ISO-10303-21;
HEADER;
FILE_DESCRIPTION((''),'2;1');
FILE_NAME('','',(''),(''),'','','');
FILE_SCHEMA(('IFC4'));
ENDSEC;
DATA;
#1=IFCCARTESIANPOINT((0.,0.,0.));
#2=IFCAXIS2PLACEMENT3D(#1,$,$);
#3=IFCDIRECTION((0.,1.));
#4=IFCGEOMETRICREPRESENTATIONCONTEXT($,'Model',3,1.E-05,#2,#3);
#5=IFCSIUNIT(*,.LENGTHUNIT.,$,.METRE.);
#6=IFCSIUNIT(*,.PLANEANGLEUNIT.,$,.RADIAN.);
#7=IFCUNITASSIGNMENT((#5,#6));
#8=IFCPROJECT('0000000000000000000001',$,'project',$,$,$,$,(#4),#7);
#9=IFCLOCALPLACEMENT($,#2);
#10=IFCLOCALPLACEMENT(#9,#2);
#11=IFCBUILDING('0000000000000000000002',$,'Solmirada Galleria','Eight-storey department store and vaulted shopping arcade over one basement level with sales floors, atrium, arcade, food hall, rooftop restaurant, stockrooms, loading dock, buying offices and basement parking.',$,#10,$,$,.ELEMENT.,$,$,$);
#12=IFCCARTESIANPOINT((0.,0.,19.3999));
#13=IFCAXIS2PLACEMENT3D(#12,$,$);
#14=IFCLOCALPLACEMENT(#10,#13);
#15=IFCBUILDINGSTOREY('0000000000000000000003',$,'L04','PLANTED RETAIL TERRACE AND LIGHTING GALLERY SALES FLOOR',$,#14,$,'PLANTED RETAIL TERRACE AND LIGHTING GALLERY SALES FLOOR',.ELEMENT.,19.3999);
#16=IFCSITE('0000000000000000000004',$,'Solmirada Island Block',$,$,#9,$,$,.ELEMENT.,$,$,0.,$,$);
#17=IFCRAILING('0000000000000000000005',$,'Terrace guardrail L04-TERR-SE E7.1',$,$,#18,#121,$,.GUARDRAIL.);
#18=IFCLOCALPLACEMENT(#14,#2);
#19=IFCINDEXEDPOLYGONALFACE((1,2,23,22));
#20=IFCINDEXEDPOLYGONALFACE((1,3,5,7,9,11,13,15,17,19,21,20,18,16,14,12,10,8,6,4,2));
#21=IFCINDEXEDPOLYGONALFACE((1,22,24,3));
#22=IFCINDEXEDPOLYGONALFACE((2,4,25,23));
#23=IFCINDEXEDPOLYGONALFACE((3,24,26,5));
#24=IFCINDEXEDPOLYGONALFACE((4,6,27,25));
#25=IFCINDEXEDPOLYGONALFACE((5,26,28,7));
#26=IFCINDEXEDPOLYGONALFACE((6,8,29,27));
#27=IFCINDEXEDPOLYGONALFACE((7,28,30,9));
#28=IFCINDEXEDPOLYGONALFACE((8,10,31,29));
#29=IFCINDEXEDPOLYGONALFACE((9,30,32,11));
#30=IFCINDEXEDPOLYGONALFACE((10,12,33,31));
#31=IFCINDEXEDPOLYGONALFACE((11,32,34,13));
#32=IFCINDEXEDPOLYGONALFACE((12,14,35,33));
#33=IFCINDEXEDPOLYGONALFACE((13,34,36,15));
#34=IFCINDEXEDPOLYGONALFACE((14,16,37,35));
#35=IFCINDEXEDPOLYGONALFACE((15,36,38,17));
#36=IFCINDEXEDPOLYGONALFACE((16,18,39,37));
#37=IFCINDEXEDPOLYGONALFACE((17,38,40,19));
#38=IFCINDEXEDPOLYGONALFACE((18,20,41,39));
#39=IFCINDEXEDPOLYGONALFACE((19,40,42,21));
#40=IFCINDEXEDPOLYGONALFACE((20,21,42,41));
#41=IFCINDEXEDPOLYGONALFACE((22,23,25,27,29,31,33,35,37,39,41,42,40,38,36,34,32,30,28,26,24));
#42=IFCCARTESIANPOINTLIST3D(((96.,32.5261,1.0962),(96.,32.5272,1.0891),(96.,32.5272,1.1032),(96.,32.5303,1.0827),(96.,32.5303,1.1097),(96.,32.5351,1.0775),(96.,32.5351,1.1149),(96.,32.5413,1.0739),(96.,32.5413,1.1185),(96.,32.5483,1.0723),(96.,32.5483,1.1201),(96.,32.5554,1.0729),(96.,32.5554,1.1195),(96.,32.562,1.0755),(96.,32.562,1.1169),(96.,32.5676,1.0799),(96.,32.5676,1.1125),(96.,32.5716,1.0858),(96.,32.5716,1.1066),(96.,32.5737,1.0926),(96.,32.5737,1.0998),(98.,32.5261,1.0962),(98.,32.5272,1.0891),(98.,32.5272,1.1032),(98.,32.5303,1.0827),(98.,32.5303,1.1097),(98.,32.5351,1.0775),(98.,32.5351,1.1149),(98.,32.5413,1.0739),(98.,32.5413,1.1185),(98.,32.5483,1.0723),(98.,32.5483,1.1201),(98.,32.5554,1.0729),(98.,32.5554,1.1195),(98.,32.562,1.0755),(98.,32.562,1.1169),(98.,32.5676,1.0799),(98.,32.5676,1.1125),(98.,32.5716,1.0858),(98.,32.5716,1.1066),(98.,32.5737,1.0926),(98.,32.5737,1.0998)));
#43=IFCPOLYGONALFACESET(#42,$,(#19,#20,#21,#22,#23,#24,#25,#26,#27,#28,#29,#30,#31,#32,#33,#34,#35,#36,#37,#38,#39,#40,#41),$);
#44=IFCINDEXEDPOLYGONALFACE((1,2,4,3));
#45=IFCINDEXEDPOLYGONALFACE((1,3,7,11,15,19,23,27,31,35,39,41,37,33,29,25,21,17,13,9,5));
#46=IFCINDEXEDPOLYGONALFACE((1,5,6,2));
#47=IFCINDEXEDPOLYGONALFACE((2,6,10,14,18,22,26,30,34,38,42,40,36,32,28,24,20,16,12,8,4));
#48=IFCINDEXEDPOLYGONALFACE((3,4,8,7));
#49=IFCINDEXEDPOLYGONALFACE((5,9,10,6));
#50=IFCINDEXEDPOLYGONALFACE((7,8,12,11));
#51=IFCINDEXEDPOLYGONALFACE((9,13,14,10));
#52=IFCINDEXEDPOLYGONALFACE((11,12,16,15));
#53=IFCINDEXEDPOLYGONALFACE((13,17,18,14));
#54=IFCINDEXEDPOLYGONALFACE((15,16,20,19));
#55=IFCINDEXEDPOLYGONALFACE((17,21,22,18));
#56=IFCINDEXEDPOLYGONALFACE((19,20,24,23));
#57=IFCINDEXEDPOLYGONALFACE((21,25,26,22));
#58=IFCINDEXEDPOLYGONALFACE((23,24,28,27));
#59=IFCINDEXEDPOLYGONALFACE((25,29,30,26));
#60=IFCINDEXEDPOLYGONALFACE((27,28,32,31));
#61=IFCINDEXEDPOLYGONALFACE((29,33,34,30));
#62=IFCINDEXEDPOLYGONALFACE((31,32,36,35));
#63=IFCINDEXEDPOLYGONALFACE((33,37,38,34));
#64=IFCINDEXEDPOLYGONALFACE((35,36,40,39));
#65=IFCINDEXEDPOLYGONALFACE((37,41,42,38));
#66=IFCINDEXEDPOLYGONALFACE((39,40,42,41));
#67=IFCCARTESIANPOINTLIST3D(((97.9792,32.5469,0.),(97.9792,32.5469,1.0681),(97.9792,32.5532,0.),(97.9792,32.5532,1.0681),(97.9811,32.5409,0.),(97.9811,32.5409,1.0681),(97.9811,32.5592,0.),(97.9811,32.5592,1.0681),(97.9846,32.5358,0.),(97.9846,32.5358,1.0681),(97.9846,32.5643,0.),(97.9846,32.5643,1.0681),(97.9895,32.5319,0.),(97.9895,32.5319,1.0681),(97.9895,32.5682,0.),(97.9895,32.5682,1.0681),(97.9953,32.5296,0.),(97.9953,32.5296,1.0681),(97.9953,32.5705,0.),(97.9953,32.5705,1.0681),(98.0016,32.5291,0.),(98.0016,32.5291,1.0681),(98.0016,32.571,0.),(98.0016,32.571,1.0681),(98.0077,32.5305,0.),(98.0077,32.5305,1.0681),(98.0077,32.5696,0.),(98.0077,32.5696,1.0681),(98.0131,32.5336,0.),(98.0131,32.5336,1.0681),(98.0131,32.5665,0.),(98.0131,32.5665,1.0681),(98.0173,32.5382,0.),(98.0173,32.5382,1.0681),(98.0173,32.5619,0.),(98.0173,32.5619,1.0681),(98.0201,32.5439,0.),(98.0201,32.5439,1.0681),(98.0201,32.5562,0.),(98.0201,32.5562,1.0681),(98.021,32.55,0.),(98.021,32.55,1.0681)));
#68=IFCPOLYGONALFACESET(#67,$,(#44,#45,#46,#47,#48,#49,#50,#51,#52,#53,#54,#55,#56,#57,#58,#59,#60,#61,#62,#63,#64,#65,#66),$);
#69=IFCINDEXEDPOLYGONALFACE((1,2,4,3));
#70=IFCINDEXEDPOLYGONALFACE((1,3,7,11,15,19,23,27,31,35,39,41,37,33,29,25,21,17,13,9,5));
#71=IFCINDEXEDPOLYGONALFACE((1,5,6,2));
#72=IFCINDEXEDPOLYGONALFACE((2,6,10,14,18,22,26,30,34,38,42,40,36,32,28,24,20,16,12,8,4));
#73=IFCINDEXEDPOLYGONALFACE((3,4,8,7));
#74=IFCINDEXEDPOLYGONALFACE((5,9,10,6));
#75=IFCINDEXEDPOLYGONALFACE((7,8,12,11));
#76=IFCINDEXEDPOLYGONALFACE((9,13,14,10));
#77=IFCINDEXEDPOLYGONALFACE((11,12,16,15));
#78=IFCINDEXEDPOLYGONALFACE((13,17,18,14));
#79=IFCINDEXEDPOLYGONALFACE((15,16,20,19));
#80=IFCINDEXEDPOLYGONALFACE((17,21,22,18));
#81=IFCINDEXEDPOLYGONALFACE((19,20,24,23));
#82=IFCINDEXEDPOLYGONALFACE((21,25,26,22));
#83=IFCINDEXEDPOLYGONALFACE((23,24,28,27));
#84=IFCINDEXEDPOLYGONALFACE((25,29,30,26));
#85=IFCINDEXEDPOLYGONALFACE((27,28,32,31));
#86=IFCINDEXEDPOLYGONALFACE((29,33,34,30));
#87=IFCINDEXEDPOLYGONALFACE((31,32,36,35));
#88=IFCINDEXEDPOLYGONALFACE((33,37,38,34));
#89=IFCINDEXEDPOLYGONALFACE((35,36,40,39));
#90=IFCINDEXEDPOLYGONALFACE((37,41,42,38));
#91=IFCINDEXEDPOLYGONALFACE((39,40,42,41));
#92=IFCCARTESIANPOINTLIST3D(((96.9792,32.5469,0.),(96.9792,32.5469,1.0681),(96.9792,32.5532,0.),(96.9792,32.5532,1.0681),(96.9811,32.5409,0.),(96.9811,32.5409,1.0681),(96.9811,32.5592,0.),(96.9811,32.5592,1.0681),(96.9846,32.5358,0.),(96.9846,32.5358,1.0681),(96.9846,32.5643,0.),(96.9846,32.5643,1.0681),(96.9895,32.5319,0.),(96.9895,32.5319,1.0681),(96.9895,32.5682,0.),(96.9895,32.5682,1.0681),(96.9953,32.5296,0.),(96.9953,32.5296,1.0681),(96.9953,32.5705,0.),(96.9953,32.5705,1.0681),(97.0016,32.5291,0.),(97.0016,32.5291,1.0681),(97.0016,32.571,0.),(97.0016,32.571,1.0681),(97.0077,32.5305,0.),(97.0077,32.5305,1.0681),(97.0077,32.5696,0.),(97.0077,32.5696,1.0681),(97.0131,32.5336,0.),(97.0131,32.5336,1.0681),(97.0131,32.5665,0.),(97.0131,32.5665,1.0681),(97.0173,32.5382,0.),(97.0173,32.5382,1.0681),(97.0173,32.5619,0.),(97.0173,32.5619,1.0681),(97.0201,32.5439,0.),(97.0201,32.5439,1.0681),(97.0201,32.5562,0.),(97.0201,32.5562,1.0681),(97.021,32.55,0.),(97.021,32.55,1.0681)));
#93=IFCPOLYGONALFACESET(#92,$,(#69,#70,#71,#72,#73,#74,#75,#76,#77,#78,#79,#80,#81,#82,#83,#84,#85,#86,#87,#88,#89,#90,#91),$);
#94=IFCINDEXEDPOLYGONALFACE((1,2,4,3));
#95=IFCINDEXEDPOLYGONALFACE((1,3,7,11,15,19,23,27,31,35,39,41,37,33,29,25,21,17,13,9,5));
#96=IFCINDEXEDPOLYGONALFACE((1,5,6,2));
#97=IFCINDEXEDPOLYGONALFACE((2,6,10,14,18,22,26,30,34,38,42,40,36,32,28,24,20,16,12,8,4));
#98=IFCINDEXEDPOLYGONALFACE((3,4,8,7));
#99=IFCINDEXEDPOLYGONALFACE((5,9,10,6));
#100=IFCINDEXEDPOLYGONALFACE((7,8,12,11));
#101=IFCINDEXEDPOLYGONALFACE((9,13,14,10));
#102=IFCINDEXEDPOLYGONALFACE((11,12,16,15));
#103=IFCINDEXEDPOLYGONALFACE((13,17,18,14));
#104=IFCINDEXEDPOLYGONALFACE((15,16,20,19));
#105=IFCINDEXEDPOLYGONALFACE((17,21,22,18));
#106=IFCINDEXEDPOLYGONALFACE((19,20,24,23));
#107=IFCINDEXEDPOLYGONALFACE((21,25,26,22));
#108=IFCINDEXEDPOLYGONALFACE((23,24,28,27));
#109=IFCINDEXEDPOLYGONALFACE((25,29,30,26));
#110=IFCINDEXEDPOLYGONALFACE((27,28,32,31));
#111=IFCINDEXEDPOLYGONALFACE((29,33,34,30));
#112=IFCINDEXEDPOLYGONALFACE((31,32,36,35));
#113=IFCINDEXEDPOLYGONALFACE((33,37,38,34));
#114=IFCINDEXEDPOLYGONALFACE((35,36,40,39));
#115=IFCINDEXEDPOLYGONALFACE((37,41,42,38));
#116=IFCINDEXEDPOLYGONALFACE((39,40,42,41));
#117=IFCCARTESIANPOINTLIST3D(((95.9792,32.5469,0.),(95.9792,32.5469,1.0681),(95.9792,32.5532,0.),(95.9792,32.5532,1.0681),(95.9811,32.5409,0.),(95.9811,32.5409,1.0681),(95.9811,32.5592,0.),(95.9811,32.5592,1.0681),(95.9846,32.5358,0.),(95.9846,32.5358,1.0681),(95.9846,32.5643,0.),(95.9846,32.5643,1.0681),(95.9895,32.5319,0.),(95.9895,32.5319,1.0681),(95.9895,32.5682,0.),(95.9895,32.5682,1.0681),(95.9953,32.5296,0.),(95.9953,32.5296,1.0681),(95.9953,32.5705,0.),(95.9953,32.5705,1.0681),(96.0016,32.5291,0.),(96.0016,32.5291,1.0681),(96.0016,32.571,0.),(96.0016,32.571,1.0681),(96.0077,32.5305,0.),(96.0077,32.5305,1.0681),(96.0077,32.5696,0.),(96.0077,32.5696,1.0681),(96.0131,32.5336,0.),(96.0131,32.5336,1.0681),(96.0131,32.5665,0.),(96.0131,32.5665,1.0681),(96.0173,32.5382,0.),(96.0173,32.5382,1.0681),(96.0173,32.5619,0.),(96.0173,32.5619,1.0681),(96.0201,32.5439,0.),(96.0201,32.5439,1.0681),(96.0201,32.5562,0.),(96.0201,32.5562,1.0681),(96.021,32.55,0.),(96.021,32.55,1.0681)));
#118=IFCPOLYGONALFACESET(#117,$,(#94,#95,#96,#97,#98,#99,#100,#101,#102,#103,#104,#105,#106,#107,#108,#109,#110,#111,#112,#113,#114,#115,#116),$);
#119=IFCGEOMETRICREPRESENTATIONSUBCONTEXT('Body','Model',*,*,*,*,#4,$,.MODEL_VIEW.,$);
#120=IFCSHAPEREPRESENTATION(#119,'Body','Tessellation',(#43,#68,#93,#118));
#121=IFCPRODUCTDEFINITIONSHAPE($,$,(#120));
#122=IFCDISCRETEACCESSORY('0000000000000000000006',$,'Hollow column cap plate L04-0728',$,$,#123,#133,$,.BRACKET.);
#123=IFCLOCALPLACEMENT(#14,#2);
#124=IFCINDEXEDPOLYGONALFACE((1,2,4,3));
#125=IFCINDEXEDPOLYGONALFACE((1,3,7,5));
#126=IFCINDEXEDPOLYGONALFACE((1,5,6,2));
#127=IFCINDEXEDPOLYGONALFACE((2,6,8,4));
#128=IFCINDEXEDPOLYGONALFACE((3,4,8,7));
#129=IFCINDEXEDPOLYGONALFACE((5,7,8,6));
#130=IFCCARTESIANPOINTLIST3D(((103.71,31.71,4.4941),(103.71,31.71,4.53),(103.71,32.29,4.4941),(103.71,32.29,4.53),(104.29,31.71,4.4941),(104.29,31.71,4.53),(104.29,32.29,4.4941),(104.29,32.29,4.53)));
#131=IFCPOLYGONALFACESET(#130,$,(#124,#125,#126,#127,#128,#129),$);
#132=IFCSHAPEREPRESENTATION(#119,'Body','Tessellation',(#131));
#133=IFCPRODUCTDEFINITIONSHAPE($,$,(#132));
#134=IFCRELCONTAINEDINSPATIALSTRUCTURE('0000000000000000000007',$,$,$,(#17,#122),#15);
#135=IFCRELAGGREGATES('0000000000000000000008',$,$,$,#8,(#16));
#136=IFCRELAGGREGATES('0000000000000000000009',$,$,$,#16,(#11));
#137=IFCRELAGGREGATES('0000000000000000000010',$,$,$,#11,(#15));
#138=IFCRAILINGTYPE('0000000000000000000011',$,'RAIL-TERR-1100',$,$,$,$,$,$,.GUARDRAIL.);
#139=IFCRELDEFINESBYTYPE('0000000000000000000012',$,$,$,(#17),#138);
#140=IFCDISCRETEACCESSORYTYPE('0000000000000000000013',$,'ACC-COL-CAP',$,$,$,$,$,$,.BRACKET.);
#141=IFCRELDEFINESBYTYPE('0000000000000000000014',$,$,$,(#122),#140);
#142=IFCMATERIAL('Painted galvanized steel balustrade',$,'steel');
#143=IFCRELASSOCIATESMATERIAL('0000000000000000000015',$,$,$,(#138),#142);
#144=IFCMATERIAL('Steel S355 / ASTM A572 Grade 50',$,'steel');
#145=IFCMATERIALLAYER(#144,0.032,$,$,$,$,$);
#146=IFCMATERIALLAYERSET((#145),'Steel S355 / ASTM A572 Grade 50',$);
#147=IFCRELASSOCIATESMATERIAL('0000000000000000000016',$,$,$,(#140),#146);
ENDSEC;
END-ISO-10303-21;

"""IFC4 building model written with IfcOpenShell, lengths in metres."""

from ifc_helpers import new_model, si_unit, direction, frame, origin, origin_2d, place, context, subcontext, project, spatial, rectangle, circle, extrude, material, layer, layer_set, type_object, element, save


model = new_model("IFC4")

# Units and contexts
model_context = context("Model", 3, precision=1e-05, world=origin(), true_north=direction((0.0, 1.0)))
body_context = subcontext(model_context, "Body", "Model", "MODEL_VIEW")
ifc_project = project(units=[si_unit("LENGTHUNIT", "METRE"), si_unit("PLANEANGLEUNIT", "RADIAN")], contexts=[model_context])

# Site, building, storey
site_placement = place(None, origin())
site = spatial("IfcSite", under=ifc_project, at=site_placement, Name="Solmirada Island Block", CompositionType="ELEMENT", RefElevation=0.0)
building_placement = place(site_placement, origin())
building = spatial("IfcBuilding", under=site, at=building_placement, Name="Solmirada Galleria", Description="Eight-storey department store and vaulted shopping arcade over one basement level with sales floors, atrium, arcade, food hall, rooftop restaurant, stockrooms, loading dock, buying offices and basement parking.", CompositionType="ELEMENT")
storey_placement = place(building_placement, frame((0.0, 0.0, 19.3999)))
storey = spatial("IfcBuildingStorey", under=building, at=storey_placement, Name="L04", Description="PLANTED RETAIL TERRACE AND LIGHTING GALLERY SALES FLOOR", LongName="PLANTED RETAIL TERRACE AND LIGHTING GALLERY SALES FLOOR", CompositionType="ELEMENT", Elevation=19.3999)

# Railing
ifc_material_1 = material(Name="Painted galvanized steel balustrade", Category="steel")
railing_type = type_object("IfcRailingType", Name="RAIL-TERR-1100", PredefinedType="GUARDRAIL", material=ifc_material_1)
railing_1_placement = place(storey_placement, frame((98.0, 32.55, 0.0)))
element("IfcRailing", 1, at=railing_1_placement, inside=storey, type_object=railing_type, Name="Terrace guardrail L04-TERR-SE E7.1", PredefinedType="GUARDRAIL", context=body_context, shape_type="SweptSolid", body=[
    extrude(circle(Radius=0.0239, at=origin_2d()), frame((0.0, 0.0, 1.0962), z_axis=(-1.0, 0.0, 0.0), x_axis=(0.0, -1.0, 0.0)), (0.0, 0.0, 1.0), 2.0),
    extrude(circle(Radius=0.021, at=origin_2d()), origin(), (0.0, 0.0, 1.0), 1.0681),
    extrude(circle(Radius=0.021, at=origin_2d()), frame((-1.0, 0.0, 0.0)), (0.0, 0.0, 1.0), 1.0681),
    extrude(circle(Radius=0.021, at=origin_2d()), frame((-2.0, 0.0, 0.0)), (0.0, 0.0, 1.0), 1.0681),
])

# Discrete accessory
ifc_material_2 = material(Name="Steel S355 / ASTM A572 Grade 50", Category="steel")
ifc_layer_1 = layer(ifc_material_2, 0.032)
ifc_layer_set_1 = layer_set([ifc_layer_1], Name="Steel S355 / ASTM A572 Grade 50")
discrete_accessory_type = type_object("IfcDiscreteAccessoryType", Name="ACC-COL-CAP", PredefinedType="BRACKET", material=ifc_layer_set_1)
discrete_accessory_placement = place(storey_placement, frame((104.0, 32.0, 4.4941), z_axis=(0.0, 0.0, 1.0), x_axis=(1.0, 0.0, 0.0)))
element("IfcDiscreteAccessory", 2, at=discrete_accessory_placement, inside=storey, type_object=discrete_accessory_type, Name="Hollow column cap plate L04-0728", PredefinedType="BRACKET", context=body_context, shape_type="SweptSolid", body=[
    extrude(rectangle(XDim=0.5801, YDim=0.5801, at=origin_2d()), origin(), (0.0, 0.0, 1.0), 0.0359),
])

save(model, "model.ifc")
